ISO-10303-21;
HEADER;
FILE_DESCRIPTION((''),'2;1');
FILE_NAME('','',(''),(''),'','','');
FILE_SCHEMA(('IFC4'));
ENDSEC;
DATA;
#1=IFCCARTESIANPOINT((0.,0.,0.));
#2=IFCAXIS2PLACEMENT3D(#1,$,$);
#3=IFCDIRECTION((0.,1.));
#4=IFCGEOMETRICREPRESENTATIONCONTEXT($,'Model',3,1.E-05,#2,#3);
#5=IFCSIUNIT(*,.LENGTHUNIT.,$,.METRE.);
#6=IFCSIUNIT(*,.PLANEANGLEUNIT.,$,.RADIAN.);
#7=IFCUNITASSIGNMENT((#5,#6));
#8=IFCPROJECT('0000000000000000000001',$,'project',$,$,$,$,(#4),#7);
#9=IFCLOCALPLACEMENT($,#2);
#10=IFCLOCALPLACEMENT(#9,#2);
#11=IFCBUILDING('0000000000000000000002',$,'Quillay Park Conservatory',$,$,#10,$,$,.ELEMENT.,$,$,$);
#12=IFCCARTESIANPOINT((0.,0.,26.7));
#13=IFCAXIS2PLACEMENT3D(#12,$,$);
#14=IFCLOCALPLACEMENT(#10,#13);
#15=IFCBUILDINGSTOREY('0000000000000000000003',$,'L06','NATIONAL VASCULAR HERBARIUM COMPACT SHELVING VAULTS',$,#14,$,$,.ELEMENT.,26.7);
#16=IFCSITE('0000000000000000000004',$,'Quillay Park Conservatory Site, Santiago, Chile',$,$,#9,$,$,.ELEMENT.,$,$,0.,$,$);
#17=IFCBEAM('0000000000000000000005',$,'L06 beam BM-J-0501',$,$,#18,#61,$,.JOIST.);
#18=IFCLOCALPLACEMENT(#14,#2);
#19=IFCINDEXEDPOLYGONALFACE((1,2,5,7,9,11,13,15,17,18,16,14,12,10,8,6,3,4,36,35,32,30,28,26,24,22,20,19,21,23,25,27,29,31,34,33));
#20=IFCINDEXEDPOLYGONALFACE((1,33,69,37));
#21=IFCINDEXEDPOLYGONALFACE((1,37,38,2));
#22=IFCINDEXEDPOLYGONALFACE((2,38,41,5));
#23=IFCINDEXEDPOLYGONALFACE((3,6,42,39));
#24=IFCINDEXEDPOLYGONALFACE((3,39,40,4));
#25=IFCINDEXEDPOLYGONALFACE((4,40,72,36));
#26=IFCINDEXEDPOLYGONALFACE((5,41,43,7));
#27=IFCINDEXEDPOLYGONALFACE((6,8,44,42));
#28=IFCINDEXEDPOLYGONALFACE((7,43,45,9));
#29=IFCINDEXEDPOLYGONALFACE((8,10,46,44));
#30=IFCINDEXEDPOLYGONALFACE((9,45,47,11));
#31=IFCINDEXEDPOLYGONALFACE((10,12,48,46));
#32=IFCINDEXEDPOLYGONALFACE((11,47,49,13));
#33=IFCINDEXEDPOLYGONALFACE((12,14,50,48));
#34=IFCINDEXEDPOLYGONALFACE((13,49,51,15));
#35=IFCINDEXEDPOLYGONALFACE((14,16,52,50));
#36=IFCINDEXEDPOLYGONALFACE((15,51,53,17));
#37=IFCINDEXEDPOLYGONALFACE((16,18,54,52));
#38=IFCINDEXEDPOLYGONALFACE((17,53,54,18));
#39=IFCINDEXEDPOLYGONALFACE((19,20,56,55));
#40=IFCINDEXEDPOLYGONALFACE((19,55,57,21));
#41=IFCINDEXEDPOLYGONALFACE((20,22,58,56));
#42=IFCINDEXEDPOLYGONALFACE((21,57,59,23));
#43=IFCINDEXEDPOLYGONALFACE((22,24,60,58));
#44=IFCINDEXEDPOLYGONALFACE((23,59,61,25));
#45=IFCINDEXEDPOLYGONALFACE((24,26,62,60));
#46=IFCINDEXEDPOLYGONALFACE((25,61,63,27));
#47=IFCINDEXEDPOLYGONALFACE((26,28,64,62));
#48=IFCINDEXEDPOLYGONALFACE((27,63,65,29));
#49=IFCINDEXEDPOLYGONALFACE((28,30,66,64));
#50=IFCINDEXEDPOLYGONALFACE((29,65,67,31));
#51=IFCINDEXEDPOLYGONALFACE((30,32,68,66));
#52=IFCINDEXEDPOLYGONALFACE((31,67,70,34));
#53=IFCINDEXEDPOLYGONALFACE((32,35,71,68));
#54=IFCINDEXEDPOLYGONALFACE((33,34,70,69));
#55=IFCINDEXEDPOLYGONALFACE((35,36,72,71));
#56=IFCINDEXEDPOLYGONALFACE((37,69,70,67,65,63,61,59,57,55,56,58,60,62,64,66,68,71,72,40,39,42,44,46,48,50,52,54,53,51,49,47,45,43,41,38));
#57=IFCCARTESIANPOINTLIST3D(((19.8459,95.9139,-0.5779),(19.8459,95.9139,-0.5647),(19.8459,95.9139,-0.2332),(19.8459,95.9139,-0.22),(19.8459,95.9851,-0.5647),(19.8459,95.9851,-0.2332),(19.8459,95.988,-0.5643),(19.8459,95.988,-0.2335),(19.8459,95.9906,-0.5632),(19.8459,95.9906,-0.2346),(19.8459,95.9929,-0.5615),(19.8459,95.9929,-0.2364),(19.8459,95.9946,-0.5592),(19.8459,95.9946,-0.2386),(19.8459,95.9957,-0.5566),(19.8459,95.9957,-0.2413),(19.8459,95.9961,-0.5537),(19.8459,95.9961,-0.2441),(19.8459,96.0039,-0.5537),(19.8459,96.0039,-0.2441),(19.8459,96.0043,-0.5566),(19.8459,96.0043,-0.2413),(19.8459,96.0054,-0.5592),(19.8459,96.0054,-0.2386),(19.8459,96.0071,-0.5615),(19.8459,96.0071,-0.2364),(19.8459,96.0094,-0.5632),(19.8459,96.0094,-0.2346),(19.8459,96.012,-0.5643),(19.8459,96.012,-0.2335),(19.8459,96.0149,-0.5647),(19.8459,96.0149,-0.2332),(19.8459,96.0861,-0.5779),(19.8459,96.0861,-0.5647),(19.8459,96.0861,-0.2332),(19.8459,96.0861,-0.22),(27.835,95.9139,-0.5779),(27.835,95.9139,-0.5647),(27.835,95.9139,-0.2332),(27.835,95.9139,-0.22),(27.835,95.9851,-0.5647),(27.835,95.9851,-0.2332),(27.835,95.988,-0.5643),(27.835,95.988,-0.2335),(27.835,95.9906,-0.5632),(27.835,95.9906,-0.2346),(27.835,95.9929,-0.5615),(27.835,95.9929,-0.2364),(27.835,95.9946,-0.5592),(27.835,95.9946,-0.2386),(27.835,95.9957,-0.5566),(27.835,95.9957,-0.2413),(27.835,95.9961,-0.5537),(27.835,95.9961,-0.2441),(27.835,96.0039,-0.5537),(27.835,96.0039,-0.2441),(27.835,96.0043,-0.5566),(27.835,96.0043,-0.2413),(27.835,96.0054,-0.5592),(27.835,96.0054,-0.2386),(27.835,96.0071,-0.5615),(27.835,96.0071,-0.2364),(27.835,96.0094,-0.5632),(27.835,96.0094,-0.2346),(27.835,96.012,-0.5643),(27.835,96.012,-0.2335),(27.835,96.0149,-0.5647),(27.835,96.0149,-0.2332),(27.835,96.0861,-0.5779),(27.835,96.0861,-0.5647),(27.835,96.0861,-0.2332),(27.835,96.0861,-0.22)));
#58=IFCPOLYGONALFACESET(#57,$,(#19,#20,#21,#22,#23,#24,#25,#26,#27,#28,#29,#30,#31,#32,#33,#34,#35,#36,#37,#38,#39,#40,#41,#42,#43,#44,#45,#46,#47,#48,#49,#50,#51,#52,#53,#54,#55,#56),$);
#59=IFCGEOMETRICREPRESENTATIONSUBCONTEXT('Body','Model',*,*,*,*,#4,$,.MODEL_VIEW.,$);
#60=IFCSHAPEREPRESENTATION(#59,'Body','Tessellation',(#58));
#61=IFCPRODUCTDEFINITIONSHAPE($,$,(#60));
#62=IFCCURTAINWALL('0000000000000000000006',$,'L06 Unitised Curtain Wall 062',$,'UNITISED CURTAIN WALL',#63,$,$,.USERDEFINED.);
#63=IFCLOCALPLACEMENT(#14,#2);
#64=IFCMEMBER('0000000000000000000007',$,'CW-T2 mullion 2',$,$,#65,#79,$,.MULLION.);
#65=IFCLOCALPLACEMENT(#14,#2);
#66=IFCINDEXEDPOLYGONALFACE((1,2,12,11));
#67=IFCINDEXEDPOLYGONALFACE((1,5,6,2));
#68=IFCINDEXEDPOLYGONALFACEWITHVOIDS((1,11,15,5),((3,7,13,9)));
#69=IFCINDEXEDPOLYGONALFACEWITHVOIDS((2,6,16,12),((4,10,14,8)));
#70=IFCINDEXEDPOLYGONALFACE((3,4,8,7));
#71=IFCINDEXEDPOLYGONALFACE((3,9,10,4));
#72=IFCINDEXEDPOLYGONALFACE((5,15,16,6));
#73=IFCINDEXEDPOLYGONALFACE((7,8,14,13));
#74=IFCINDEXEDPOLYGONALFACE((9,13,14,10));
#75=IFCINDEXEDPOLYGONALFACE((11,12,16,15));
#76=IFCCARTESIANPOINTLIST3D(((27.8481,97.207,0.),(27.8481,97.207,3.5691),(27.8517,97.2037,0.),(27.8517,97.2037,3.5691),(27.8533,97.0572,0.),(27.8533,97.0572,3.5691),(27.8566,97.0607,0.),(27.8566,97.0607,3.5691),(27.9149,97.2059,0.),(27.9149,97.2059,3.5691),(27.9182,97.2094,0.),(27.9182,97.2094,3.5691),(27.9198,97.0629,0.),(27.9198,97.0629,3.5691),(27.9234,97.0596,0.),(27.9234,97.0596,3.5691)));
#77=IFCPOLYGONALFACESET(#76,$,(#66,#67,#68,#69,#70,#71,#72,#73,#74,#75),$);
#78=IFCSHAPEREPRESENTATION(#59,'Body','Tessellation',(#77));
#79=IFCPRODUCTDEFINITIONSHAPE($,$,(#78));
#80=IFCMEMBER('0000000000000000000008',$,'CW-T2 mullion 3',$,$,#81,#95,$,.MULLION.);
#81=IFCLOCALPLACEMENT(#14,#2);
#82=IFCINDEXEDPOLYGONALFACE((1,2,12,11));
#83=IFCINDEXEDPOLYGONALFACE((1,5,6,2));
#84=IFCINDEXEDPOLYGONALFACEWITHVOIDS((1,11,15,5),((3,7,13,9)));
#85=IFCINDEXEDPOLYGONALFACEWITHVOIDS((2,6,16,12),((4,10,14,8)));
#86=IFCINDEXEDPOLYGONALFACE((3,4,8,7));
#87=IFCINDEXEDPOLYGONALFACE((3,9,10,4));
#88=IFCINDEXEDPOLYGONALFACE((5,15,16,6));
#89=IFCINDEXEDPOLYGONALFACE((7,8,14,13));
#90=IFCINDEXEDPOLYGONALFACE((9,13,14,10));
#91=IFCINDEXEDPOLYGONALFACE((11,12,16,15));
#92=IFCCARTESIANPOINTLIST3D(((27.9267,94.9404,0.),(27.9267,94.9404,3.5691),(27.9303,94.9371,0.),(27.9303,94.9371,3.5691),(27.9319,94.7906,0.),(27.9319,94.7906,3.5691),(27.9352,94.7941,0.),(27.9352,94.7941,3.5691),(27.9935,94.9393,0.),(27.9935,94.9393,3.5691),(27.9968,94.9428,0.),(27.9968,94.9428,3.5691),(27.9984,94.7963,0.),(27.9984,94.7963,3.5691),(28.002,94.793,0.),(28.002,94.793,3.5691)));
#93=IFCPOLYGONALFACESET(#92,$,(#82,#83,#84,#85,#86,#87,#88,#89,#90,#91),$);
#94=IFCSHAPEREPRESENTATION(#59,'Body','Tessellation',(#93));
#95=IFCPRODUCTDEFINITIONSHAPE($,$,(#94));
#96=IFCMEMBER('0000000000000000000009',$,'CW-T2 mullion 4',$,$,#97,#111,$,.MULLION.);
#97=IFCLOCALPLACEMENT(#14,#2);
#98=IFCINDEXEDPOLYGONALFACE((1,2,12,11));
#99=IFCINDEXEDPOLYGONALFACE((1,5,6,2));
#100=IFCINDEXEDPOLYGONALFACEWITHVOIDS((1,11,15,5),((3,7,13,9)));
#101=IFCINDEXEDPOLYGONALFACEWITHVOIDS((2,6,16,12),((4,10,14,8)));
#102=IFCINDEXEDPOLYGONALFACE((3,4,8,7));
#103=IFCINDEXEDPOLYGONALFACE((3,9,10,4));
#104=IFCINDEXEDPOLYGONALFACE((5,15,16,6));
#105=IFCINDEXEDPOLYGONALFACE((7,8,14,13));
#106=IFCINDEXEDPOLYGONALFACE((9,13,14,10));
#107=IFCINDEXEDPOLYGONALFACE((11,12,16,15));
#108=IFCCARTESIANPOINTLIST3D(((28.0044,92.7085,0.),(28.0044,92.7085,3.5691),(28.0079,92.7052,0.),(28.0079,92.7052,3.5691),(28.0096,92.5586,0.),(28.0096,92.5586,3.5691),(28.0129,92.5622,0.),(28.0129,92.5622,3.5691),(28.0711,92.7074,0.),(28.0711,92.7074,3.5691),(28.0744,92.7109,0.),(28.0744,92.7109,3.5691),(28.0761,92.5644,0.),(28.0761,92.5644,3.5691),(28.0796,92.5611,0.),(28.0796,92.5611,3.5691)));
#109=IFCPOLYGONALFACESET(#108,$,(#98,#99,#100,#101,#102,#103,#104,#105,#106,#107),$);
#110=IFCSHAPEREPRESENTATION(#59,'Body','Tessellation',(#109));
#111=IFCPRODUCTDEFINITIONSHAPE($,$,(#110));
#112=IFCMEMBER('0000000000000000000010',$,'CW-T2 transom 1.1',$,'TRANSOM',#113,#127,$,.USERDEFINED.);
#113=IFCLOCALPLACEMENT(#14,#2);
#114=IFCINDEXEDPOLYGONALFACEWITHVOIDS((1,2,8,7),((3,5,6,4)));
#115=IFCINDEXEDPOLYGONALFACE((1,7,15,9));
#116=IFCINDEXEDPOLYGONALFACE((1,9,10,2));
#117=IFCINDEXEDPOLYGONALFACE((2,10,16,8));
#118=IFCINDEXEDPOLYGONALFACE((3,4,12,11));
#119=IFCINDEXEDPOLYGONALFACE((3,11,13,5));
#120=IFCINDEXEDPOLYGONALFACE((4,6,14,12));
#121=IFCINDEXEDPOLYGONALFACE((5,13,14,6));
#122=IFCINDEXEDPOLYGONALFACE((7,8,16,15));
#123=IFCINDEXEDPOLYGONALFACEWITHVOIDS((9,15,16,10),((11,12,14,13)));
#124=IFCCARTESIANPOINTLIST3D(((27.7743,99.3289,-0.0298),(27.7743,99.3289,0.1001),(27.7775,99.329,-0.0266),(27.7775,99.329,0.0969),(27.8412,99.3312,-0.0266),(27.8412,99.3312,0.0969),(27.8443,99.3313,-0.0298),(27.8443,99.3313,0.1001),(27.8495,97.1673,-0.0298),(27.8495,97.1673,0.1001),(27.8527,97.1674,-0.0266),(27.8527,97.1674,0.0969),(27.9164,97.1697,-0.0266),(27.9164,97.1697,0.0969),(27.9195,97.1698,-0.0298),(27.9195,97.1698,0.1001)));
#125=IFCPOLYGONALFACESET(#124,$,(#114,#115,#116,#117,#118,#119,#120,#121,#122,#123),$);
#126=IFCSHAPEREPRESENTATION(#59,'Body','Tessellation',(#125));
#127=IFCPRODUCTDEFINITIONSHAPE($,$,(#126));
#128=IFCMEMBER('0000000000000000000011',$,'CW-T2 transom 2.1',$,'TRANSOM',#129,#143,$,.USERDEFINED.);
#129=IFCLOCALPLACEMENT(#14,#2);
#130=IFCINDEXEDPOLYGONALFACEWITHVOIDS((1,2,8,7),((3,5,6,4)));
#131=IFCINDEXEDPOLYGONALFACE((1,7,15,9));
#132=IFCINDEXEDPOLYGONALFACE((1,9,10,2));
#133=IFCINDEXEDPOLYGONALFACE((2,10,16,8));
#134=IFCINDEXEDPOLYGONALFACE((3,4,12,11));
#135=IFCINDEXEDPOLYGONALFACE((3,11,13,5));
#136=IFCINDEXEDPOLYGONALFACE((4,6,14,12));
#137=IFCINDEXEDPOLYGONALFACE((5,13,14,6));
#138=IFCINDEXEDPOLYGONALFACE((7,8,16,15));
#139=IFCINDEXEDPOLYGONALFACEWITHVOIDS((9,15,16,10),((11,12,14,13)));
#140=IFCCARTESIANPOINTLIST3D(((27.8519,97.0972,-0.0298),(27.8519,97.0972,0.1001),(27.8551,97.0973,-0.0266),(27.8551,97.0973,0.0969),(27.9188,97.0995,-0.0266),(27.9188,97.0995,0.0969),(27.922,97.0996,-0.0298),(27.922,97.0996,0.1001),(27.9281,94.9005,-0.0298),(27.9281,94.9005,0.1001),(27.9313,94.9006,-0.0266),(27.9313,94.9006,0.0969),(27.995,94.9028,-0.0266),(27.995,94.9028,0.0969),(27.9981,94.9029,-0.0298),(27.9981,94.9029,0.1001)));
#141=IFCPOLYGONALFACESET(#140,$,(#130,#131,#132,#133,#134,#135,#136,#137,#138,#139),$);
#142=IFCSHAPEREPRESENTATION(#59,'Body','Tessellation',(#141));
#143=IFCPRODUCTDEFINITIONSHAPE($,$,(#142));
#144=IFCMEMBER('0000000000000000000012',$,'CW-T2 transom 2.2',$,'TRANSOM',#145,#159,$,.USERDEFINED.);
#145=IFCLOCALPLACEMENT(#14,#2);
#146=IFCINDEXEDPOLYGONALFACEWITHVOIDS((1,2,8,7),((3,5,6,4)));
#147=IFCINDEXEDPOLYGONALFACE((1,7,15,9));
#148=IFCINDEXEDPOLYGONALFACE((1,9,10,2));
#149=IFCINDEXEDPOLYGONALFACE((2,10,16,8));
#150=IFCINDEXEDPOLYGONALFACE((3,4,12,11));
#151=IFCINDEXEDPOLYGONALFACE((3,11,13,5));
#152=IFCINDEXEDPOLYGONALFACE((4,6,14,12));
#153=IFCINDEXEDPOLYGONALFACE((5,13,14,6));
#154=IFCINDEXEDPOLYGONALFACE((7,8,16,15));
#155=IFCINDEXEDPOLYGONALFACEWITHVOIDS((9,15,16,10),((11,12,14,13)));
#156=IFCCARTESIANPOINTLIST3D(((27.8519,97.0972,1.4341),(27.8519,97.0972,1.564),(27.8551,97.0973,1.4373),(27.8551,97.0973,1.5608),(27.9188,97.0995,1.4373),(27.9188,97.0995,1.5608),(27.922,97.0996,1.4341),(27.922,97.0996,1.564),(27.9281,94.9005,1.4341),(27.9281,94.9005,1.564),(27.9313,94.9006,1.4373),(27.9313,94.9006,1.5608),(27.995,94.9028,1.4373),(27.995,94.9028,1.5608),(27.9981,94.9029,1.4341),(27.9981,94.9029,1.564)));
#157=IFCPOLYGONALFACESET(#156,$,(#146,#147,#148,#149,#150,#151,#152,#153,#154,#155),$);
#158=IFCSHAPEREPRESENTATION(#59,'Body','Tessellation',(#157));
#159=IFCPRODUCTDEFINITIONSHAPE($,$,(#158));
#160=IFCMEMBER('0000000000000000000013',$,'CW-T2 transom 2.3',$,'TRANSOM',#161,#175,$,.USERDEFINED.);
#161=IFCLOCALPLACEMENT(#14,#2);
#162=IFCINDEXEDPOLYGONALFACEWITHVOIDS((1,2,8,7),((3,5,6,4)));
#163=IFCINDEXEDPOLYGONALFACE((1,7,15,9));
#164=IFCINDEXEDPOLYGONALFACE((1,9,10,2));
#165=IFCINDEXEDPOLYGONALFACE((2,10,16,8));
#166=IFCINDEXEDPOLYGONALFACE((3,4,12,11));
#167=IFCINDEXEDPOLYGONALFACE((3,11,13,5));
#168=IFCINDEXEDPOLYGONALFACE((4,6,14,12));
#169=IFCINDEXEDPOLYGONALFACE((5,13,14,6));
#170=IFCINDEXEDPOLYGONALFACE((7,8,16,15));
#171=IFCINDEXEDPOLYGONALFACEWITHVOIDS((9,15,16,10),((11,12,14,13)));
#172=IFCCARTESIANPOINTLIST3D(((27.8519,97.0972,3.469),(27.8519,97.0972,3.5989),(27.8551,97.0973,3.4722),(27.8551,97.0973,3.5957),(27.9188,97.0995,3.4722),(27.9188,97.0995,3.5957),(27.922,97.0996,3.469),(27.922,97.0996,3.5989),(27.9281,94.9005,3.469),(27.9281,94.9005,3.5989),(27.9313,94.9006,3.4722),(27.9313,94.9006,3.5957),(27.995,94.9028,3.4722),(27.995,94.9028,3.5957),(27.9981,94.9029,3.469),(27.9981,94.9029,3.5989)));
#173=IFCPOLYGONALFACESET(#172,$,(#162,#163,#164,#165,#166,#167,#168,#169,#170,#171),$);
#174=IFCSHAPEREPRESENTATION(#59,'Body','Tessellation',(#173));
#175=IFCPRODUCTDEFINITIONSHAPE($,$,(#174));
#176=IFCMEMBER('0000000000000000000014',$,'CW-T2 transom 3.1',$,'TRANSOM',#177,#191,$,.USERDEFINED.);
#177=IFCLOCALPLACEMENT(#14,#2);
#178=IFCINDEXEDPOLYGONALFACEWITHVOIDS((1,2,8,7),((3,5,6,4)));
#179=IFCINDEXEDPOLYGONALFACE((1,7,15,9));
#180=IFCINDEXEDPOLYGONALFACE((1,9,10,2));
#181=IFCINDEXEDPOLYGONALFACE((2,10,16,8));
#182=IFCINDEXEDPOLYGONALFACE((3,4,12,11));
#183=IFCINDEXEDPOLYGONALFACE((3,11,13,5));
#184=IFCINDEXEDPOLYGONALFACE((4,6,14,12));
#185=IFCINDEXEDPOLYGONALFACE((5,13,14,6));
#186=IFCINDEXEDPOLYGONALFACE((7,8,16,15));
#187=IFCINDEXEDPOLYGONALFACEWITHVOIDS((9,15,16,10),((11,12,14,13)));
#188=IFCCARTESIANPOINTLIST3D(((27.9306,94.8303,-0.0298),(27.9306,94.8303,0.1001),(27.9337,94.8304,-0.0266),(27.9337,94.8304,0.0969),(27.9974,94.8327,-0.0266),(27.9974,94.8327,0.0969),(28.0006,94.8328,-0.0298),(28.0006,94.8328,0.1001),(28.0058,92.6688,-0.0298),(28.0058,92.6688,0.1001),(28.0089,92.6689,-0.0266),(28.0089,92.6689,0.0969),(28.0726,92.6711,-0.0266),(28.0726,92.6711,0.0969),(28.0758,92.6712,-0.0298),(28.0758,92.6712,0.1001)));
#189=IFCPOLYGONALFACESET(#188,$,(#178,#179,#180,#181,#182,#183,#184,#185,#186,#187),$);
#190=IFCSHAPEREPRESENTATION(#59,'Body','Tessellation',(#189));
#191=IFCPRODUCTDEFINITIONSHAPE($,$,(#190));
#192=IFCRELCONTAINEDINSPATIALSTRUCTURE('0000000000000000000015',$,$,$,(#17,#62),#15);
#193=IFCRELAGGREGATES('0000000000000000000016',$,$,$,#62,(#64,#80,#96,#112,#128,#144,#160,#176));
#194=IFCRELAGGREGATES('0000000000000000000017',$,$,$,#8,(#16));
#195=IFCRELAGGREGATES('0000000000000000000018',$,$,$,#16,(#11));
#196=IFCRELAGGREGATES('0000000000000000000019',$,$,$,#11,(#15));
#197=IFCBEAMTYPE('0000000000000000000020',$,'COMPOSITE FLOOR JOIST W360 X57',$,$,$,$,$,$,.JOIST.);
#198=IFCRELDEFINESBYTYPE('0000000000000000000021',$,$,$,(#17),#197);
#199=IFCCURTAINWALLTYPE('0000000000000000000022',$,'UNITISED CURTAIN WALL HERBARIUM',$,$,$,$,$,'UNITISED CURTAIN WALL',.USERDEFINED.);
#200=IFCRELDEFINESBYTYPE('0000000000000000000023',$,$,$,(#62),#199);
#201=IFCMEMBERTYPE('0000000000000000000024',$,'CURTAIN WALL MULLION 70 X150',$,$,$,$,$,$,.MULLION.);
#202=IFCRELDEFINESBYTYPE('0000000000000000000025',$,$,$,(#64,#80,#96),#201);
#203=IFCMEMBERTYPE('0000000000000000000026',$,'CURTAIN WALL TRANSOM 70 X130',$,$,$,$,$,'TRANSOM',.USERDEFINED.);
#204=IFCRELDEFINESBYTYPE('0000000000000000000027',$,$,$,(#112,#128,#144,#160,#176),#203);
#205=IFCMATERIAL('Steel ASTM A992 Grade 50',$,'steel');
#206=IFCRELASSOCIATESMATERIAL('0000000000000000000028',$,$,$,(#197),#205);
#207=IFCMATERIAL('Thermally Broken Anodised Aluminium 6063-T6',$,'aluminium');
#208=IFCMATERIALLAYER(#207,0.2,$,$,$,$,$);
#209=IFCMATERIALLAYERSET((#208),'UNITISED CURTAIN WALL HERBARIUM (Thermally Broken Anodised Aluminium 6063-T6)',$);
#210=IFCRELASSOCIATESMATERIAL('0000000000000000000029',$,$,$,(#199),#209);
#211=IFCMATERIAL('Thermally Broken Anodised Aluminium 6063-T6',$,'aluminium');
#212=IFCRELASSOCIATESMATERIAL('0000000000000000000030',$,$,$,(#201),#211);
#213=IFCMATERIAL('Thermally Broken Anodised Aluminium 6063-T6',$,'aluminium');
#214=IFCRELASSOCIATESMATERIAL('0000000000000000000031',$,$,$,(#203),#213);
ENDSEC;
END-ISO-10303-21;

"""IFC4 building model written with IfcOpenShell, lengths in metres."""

from ifc_helpers import new_model, si_unit, direction, frame, origin, origin_2d, place, context, subcontext, project, spatial, hollow_rectangle, i_section, extrude, material, layer, layer_set, material_profile, profile_set, type_object, element, aggregate, save


model = new_model("IFC4")

# Units and contexts
model_context = context("Model", 3, precision=1e-05, world=origin(), true_north=direction((0.0, 1.0)))
body_context = subcontext(model_context, "Body", "Model", "MODEL_VIEW")
ifc_project = project(units=[si_unit("LENGTHUNIT", "METRE"), si_unit("PLANEANGLEUNIT", "RADIAN")], contexts=[model_context])

# Site, building, storey
site_placement = place(None, origin())
site = spatial("IfcSite", under=ifc_project, at=site_placement, Name="Quillay Park Conservatory Site, Santiago, Chile", CompositionType="ELEMENT", RefElevation=0.0)
building_placement = place(site_placement, origin())
building = spatial("IfcBuilding", under=site, at=building_placement, Name="Quillay Park Conservatory", CompositionType="ELEMENT")
storey_placement = place(building_placement, frame((0.0, 0.0, 26.7)))
storey = spatial("IfcBuildingStorey", under=building, at=storey_placement, Name="L06", Description="NATIONAL VASCULAR HERBARIUM COMPACT SHELVING VAULTS", CompositionType="ELEMENT", Elevation=26.7)

# Beam
ifc_material_1 = material(Name="Steel ASTM A992 Grade 50", Category="steel")
ifc_material_profile_1 = material_profile(ifc_material_1, i_section(OverallWidth=0.1721, OverallDepth=0.3579, WebThickness=0.0078, FlangeThickness=0.0132, FilletRadius=0.011, at=origin_2d()), Name="W360x57")
ifc_profile_set_1 = profile_set([ifc_material_profile_1], Name="Steel ASTM A992 Grade 50")
beam_type_1 = type_object("IfcBeamType", Name="COMPOSITE FLOOR JOIST W360 X57", PredefinedType="JOIST", material=ifc_profile_set_1)
beam_1_placement = place(storey_placement, frame((19.8459, 96.0, -0.3989), z_axis=(1.0, 0.0, 0.0), x_axis=(0.0, 1.0, 0.0)))
element("IfcBeam", 1, at=beam_1_placement, inside=storey, type_object=beam_type_1, Name="L06 beam BM-J-0501", PredefinedType="JOIST", context=body_context, shape_type="SweptSolid", body=[
    extrude(i_section(OverallWidth=0.1721, OverallDepth=0.3579, WebThickness=0.0078, FlangeThickness=0.0132, FilletRadius=0.011, at=origin_2d()), origin(), (0.0, 0.0, 1.0), 7.989),
])

# Curtain wall, members
ifc_material_2 = material(Name="Thermally Broken Anodised Aluminium 6063-T6", Category="aluminium")
ifc_layer_1 = layer(ifc_material_2, 0.2)
ifc_layer_set_1 = layer_set([ifc_layer_1], Name="UNITISED CURTAIN WALL HERBARIUM (Thermally Broken Anodised Aluminium 6063-T6)")
curtain_wall_type = type_object("IfcCurtainWallType", Name="UNITISED CURTAIN WALL HERBARIUM", ElementType="UNITISED CURTAIN WALL", PredefinedType="USERDEFINED", material=ifc_layer_set_1)
curtain_wall_placement = place(storey_placement, origin())
curtain_wall = element("IfcCurtainWall", 2, at=curtain_wall_placement, inside=storey, type_object=curtain_wall_type, Name="L06 Unitised Curtain Wall 062", ObjectType="UNITISED CURTAIN WALL", PredefinedType="USERDEFINED")
ifc_material_3 = material(Name="Thermally Broken Anodised Aluminium 6063-T6", Category="aluminium")
ifc_material_profile_2 = material_profile(ifc_material_3, hollow_rectangle(XDim=0.0701, YDim=0.1499, WallThickness=0.0034, at=origin_2d()), Name="AL70x150x3.5")
ifc_profile_set_2 = profile_set([ifc_material_profile_2], Name="Thermally Broken Anodised Aluminium 6063-T6")
member_type_1 = type_object("IfcMemberType", Name="CURTAIN WALL MULLION 70 X150", PredefinedType="MULLION", material=ifc_profile_set_2)
member_1_placement = place(storey_placement, frame((27.8857, 97.1333, 0.0), z_axis=(0.0, 0.0, 1.0), x_axis=(0.999397, 0.034713, 0.0)))
member_1 = element("IfcMember", 3, at=member_1_placement, type_object=member_type_1, Name="CW-T2 mullion 2", PredefinedType="MULLION", context=body_context, shape_type="SweptSolid", body=[
    extrude(hollow_rectangle(XDim=0.0701, YDim=0.1499, WallThickness=0.0034, at=origin_2d()), origin(), (0.0, 0.0, 1.0), 3.5691),
])
member_2_placement = place(storey_placement, frame((27.9644, 94.8667, 0.0), z_axis=(0.0, 0.0, 1.0), x_axis=(0.999397, 0.034713, 0.0)))
member_2 = element("IfcMember", 4, at=member_2_placement, type_object=member_type_1, Name="CW-T2 mullion 3", PredefinedType="MULLION", context=body_context, shape_type="SweptSolid", body=[
    extrude(hollow_rectangle(XDim=0.0701, YDim=0.1499, WallThickness=0.0034, at=origin_2d()), origin(), (0.0, 0.0, 1.0), 3.5691),
])
member_3_placement = place(storey_placement, frame((28.042, 92.6348, 0.0), z_axis=(0.0, 0.0, 1.0), x_axis=(0.999397, 0.034713, 0.0)))
member_3 = element("IfcMember", 5, at=member_3_placement, type_object=member_type_1, Name="CW-T2 mullion 4", PredefinedType="MULLION", context=body_context, shape_type="SweptSolid", body=[
    extrude(hollow_rectangle(XDim=0.0701, YDim=0.1499, WallThickness=0.0034, at=origin_2d()), origin(), (0.0, 0.0, 1.0), 3.5691),
])
ifc_material_4 = material(Name="Thermally Broken Anodised Aluminium 6063-T6", Category="aluminium")
ifc_material_profile_3 = material_profile(ifc_material_4, hollow_rectangle(XDim=0.0701, YDim=0.1299, WallThickness=0.0032, at=origin_2d()), Name="AL70x130x3.2")
ifc_profile_set_3 = profile_set([ifc_material_profile_3], Name="Thermally Broken Anodised Aluminium 6063-T6")
member_type_2 = type_object("IfcMemberType", Name="CURTAIN WALL TRANSOM 70 X130", ElementType="TRANSOM", PredefinedType="USERDEFINED", material=ifc_profile_set_3)
member_4_placement = place(storey_placement, frame((27.8093, 99.3301, 0.0352), z_axis=(0.034766, -0.999395, 0.0), x_axis=(0.999395, 0.034766, 0.0)))
member_4 = element("IfcMember", 6, at=member_4_placement, type_object=member_type_2, Name="CW-T2 transom 1.1", ObjectType="TRANSOM", PredefinedType="USERDEFINED", context=body_context, shape_type="SweptSolid", body=[
    extrude(hollow_rectangle(XDim=0.0701, YDim=0.1299, WallThickness=0.0032, at=origin_2d()), origin(), (0.0, 0.0, 1.0), 2.1628),
])
member_5_placement = place(storey_placement, frame((27.887, 97.0984, 0.0352), z_axis=(0.034654, -0.999399, 0.0), x_axis=(0.999399, 0.034654, 0.0)))
member_5 = element("IfcMember", 7, at=member_5_placement, type_object=member_type_2, Name="CW-T2 transom 2.1", ObjectType="TRANSOM", PredefinedType="USERDEFINED", context=body_context, shape_type="SweptSolid", body=[
    extrude(hollow_rectangle(XDim=0.0701, YDim=0.1299, WallThickness=0.0032, at=origin_2d()), origin(), (0.0, 0.0, 1.0), 2.198),
])
member_6_placement = place(storey_placement, frame((27.887, 97.0984, 1.499), z_axis=(0.034654, -0.999399, 0.0), x_axis=(0.999399, 0.034654, 0.0)))
member_6 = element("IfcMember", 8, at=member_6_placement, type_object=member_type_2, Name="CW-T2 transom 2.2", ObjectType="TRANSOM", PredefinedType="USERDEFINED", context=body_context, shape_type="SweptSolid", body=[
    extrude(hollow_rectangle(XDim=0.0701, YDim=0.1299, WallThickness=0.0032, at=origin_2d()), origin(), (0.0, 0.0, 1.0), 2.198),
])
member_7_placement = place(storey_placement, frame((27.887, 97.0984, 3.5339), z_axis=(0.034654, -0.999399, 0.0), x_axis=(0.999399, 0.034654, 0.0)))
member_7 = element("IfcMember", 9, at=member_7_placement, type_object=member_type_2, Name="CW-T2 transom 2.3", ObjectType="TRANSOM", PredefinedType="USERDEFINED", context=body_context, shape_type="SweptSolid", body=[
    extrude(hollow_rectangle(XDim=0.0701, YDim=0.1299, WallThickness=0.0032, at=origin_2d()), origin(), (0.0, 0.0, 1.0), 2.198),
])
member_8_placement = place(storey_placement, frame((27.9656, 94.8315, 0.0352), z_axis=(0.034766, -0.999395, 0.0), x_axis=(0.999395, 0.034766, 0.0)))
member_8 = element("IfcMember", 10, at=member_8_placement, type_object=member_type_2, Name="CW-T2 transom 3.1", ObjectType="TRANSOM", PredefinedType="USERDEFINED", context=body_context, shape_type="SweptSolid", body=[
    extrude(hollow_rectangle(XDim=0.0701, YDim=0.1299, WallThickness=0.0032, at=origin_2d()), origin(), (0.0, 0.0, 1.0), 2.1628),
])

aggregate(curtain_wall, [member_1, member_2, member_3, member_4, member_5, member_6, member_7, member_8])

save(model, "model.ifc")
